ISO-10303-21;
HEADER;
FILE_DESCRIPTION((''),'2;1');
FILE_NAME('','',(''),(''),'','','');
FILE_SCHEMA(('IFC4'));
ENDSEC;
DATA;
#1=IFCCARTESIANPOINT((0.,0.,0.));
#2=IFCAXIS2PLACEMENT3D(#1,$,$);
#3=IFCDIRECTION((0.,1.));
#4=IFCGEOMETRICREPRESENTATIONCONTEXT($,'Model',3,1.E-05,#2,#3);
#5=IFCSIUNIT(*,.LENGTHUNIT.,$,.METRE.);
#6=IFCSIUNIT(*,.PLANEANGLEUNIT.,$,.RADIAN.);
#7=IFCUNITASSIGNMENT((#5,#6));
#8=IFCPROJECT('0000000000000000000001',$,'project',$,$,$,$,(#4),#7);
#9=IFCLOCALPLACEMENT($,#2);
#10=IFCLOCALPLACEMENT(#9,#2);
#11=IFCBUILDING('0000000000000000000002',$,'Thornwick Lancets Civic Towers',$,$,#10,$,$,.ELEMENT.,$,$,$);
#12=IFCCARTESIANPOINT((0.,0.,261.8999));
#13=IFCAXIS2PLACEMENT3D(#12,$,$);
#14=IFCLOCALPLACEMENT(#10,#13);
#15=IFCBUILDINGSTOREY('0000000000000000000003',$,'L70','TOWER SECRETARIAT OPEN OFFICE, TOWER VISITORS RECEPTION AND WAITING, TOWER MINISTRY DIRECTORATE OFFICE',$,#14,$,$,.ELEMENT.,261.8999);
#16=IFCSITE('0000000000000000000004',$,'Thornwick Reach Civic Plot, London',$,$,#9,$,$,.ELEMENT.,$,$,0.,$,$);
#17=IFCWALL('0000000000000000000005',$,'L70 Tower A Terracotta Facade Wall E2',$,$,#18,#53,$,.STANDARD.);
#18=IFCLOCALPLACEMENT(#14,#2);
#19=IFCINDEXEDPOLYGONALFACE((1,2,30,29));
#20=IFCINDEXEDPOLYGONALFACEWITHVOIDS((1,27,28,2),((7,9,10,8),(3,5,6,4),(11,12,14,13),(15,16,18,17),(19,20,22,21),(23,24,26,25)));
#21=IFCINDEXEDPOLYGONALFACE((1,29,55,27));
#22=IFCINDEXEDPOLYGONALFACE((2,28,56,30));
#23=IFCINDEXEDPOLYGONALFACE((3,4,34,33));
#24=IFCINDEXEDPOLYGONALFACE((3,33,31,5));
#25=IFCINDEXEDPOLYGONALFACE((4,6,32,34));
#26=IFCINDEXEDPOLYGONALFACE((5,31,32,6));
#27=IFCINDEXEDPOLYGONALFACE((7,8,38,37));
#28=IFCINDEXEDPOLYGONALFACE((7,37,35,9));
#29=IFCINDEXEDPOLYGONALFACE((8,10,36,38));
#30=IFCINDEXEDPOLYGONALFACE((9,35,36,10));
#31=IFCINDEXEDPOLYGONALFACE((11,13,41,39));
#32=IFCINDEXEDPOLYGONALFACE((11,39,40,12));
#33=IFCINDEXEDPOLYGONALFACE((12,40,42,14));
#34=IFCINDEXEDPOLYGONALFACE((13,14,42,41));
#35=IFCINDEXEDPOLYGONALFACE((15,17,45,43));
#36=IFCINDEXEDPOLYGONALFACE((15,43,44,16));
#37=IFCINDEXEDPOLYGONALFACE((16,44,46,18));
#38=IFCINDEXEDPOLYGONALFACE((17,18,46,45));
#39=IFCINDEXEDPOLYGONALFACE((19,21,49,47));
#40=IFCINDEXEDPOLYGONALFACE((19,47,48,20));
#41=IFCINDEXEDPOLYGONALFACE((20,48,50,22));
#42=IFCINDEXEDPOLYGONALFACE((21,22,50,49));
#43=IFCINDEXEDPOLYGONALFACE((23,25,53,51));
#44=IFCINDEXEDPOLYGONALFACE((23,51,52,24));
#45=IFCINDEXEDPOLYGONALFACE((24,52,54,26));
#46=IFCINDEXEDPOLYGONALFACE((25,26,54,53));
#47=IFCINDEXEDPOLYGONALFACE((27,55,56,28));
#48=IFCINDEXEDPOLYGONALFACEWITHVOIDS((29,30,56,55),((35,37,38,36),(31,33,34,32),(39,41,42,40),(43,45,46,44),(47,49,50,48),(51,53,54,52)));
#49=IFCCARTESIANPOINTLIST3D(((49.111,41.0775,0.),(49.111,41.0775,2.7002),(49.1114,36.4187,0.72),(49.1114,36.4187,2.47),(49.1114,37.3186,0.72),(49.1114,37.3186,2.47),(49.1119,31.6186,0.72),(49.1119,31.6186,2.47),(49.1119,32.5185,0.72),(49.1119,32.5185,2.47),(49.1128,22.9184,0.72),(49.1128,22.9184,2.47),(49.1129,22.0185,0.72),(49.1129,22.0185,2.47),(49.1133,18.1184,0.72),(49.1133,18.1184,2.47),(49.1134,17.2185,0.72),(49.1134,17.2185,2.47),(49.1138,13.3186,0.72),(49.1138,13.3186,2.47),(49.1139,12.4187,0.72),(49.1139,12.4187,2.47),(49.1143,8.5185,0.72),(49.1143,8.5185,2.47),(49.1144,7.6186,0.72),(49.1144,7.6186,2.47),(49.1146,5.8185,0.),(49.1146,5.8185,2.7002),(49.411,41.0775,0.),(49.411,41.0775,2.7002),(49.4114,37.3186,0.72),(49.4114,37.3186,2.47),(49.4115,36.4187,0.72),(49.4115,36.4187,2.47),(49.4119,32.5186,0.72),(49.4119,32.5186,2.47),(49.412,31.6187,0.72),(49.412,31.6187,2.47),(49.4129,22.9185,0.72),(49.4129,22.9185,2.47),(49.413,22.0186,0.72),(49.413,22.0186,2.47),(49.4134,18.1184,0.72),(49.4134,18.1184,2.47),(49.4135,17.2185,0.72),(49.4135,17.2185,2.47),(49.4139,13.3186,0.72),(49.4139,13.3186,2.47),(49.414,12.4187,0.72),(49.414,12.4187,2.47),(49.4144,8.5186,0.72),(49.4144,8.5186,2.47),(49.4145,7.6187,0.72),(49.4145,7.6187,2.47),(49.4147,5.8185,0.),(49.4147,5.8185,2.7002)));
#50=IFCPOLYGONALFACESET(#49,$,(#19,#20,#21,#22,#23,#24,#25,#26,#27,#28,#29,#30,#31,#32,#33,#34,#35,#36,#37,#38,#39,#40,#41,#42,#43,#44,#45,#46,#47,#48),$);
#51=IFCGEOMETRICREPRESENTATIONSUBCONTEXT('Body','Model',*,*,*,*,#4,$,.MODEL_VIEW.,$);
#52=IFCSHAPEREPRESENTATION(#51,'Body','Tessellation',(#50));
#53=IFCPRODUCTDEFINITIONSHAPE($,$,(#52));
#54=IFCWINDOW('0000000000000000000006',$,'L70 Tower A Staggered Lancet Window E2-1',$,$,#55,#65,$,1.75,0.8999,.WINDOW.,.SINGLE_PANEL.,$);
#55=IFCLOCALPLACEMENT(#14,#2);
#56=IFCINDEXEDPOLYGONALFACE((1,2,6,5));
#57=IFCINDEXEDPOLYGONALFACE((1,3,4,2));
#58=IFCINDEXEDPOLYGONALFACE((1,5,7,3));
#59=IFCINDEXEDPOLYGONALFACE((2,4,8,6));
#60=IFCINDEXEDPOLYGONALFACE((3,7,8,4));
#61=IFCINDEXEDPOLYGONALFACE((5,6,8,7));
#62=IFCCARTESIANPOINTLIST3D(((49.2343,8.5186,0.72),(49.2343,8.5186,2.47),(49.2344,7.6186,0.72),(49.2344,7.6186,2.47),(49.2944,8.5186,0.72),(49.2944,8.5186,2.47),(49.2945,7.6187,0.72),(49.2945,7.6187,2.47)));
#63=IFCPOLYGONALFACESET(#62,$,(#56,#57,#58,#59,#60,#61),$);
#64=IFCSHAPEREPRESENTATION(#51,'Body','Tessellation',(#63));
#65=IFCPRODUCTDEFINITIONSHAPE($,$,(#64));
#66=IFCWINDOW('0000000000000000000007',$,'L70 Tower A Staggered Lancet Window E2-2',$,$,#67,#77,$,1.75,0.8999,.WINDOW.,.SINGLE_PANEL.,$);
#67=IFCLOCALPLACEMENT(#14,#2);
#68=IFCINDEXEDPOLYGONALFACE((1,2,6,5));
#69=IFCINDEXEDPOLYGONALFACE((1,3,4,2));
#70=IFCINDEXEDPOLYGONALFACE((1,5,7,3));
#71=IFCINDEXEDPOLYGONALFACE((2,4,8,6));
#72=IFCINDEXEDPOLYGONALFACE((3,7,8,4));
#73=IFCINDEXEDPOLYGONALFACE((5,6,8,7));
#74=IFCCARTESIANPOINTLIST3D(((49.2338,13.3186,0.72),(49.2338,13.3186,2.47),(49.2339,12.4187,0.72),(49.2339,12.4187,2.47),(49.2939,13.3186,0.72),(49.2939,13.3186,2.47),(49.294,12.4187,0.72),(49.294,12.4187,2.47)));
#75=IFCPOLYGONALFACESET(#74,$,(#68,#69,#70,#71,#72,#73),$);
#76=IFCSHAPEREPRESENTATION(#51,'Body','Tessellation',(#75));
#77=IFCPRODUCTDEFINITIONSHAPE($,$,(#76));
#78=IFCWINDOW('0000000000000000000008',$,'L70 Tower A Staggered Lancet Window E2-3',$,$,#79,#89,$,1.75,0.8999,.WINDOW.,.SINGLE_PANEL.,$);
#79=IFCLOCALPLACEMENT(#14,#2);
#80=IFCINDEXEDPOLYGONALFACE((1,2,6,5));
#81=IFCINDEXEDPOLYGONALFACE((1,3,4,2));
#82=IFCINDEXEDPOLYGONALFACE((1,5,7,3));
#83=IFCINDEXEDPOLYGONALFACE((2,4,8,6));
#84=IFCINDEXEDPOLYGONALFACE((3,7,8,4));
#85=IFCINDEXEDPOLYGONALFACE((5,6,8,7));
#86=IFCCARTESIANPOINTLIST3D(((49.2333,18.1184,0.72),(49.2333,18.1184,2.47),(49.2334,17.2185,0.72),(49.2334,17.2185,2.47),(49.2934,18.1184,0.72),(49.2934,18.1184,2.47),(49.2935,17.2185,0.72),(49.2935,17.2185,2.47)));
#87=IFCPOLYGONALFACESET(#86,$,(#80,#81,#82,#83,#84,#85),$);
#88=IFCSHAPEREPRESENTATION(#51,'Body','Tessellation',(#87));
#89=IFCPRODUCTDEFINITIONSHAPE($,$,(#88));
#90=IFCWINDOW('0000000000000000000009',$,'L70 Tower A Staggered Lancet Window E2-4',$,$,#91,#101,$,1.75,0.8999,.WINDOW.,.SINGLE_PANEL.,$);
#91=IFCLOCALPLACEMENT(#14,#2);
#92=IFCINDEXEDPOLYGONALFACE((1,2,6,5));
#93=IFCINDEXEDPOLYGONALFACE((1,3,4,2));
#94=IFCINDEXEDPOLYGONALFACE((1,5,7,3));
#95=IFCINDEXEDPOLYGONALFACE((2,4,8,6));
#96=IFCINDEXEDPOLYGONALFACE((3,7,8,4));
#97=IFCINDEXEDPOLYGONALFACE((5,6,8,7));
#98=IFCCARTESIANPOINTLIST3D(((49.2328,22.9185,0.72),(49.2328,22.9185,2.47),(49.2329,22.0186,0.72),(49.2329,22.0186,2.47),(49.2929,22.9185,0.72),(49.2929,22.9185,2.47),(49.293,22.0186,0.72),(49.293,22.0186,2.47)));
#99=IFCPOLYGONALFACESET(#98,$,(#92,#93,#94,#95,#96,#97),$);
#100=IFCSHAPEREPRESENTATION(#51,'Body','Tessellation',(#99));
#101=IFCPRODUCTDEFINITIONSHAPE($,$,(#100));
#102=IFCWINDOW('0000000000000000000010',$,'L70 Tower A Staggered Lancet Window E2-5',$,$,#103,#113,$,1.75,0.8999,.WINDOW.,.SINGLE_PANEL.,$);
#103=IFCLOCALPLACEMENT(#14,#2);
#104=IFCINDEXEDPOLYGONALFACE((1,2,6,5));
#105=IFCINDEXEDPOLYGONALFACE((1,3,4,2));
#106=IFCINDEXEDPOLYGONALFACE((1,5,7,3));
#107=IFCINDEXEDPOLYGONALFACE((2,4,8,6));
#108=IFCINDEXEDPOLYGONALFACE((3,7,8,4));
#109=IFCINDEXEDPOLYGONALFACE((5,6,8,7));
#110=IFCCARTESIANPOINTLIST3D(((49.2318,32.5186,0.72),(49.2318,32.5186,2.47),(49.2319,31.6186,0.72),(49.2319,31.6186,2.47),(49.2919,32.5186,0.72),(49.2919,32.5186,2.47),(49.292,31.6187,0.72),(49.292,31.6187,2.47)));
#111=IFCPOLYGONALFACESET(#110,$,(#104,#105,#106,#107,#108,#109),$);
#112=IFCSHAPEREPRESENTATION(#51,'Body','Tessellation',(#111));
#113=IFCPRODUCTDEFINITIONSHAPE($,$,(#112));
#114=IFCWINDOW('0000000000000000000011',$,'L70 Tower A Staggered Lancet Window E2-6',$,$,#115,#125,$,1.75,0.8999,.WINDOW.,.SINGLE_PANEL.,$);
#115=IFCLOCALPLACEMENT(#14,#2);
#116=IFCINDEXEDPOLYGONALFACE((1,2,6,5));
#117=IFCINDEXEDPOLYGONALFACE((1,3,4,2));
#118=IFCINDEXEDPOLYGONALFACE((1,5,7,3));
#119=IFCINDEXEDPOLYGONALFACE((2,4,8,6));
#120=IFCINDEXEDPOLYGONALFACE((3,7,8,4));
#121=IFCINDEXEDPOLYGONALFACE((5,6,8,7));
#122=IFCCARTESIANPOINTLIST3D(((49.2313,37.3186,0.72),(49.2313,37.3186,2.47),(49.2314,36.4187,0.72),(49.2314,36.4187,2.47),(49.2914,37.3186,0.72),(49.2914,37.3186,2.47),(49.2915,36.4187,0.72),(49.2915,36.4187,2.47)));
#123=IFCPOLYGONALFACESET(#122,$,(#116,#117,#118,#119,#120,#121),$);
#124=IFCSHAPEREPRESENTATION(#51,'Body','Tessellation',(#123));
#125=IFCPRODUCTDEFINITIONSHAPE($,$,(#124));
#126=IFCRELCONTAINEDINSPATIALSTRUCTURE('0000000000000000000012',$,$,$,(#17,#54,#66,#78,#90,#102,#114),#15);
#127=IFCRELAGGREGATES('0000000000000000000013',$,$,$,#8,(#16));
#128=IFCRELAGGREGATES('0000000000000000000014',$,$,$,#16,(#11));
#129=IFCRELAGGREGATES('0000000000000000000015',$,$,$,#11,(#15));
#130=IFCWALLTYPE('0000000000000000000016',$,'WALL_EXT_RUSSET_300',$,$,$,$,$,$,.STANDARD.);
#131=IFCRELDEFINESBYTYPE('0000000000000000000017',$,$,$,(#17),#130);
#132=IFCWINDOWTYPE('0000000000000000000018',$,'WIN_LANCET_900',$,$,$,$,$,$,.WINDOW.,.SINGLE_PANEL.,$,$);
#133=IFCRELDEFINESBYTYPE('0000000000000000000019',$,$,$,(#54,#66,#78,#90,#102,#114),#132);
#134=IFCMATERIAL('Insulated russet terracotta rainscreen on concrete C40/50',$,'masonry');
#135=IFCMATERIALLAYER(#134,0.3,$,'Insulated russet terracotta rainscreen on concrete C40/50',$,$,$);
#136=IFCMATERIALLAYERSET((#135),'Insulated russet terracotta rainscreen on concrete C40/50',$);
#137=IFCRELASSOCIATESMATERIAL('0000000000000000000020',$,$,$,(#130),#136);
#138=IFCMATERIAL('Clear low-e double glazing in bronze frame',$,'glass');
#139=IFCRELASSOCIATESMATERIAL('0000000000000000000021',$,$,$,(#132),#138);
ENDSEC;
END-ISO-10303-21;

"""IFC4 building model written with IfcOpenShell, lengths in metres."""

from ifc_helpers import new_model, si_unit, direction, frame, frame_2d, origin, place, context, subcontext, project, spatial, rectangle, extrude, material, layer, layer_set, type_object, element, fill, save


model = new_model("IFC4")

# Units and contexts
model_context = context("Model", 3, precision=1e-05, world=origin(), true_north=direction((0.0, 1.0)))
body_context = subcontext(model_context, "Body", "Model", "MODEL_VIEW")
ifc_project = project(units=[si_unit("LENGTHUNIT", "METRE"), si_unit("PLANEANGLEUNIT", "RADIAN")], contexts=[model_context])

# Site, building, storey
site_placement = place(None, origin())
site = spatial("IfcSite", under=ifc_project, at=site_placement, Name="Thornwick Reach Civic Plot, London", CompositionType="ELEMENT", RefElevation=0.0)
building_placement = place(site_placement, origin())
building = spatial("IfcBuilding", under=site, at=building_placement, Name="Thornwick Lancets Civic Towers", CompositionType="ELEMENT")
storey_placement = place(building_placement, frame((0.0, 0.0, 261.8999)))
storey = spatial("IfcBuildingStorey", under=building, at=storey_placement, Name="L70", Description="TOWER SECRETARIAT OPEN OFFICE, TOWER VISITORS RECEPTION AND WAITING, TOWER MINISTRY DIRECTORATE OFFICE", CompositionType="ELEMENT", Elevation=261.8999)

# Wall, openings, windows
ifc_material_1 = material(Name="Insulated russet terracotta rainscreen on concrete C40/50", Category="masonry")
ifc_layer_1 = layer(ifc_material_1, 0.3, Name="Insulated russet terracotta rainscreen on concrete C40/50")
ifc_layer_set_1 = layer_set([ifc_layer_1], Name="Insulated russet terracotta rainscreen on concrete C40/50")
wall_type_1 = type_object("IfcWallType", Name="WALL_EXT_RUSSET_300", PredefinedType="STANDARD", material=ifc_layer_set_1)
wall_1_placement = place(storey_placement, frame((49.2646, 5.8186, 0.0), z_axis=(0.0, 0.0, 1.0), x_axis=(-0.000104, 1.0, 0.0)))
wall_1 = element("IfcWall", 1, at=wall_1_placement, inside=storey, type_object=wall_type_1, Name="L70 Tower A Terracotta Facade Wall E2", PredefinedType="STANDARD", context=body_context, shape_type="SweptSolid", body=[
    extrude(rectangle(XDim=35.259, YDim=0.3, at=frame_2d((17.6294, 0.0))), origin(), (0.0, 0.0, 1.0), 2.7002),
])
opening_1_placement = place(wall_1_placement, frame((1.8, 0.0, 0.72)))
opening_1 = element("IfcOpeningElement", 2, at=opening_1_placement, cuts=wall_1, PredefinedType="OPENING", context=body_context, shape_type="SweptSolid", body=[
    extrude(rectangle(XDim=0.8999, YDim=1.75, at=frame_2d((0.45, 0.875))), frame((0.0, 0.1602, 0.0), z_axis=(0.0, -1.0, 0.0), x_axis=(1.0, 0.0, 0.0)), (0.0, 0.0, 1.0), 0.3201),
])
opening_2_placement = place(wall_1_placement, frame((6.6001, 0.0, 0.72)))
opening_2 = element("IfcOpeningElement", 3, at=opening_2_placement, cuts=wall_1, PredefinedType="OPENING", context=body_context, shape_type="SweptSolid", body=[
    extrude(rectangle(XDim=0.8999, YDim=1.75, at=frame_2d((0.45, 0.875))), frame((0.0, 0.1602, 0.0), z_axis=(0.0, -1.0, 0.0), x_axis=(1.0, 0.0, 0.0)), (0.0, 0.0, 1.0), 0.3201),
])
opening_3_placement = place(wall_1_placement, frame((11.3999, 0.0, 0.72)))
opening_3 = element("IfcOpeningElement", 4, at=opening_3_placement, cuts=wall_1, PredefinedType="OPENING", context=body_context, shape_type="SweptSolid", body=[
    extrude(rectangle(XDim=0.8999, YDim=1.75, at=frame_2d((0.45, 0.875))), frame((0.0, 0.1602, 0.0), z_axis=(0.0, -1.0, 0.0), x_axis=(1.0, 0.0, 0.0)), (0.0, 0.0, 1.0), 0.3201),
])
opening_4_placement = place(wall_1_placement, frame((16.2, 0.0, 0.72)))
opening_4 = element("IfcOpeningElement", 5, at=opening_4_placement, cuts=wall_1, PredefinedType="OPENING", context=body_context, shape_type="SweptSolid", body=[
    extrude(rectangle(XDim=0.8999, YDim=1.75, at=frame_2d((0.45, 0.875))), frame((0.0, 0.1602, 0.0), z_axis=(0.0, -1.0, 0.0), x_axis=(1.0, 0.0, 0.0)), (0.0, 0.0, 1.0), 0.3201),
])
opening_5_placement = place(wall_1_placement, frame((25.8, 0.0, 0.72)))
opening_5 = element("IfcOpeningElement", 6, at=opening_5_placement, cuts=wall_1, PredefinedType="OPENING", context=body_context, shape_type="SweptSolid", body=[
    extrude(rectangle(XDim=0.8999, YDim=1.75, at=frame_2d((0.45, 0.875))), frame((0.0, 0.1602, 0.0), z_axis=(0.0, -1.0, 0.0), x_axis=(1.0, 0.0, 0.0)), (0.0, 0.0, 1.0), 0.3201),
])
opening_6_placement = place(wall_1_placement, frame((30.6001, 0.0, 0.72)))
opening_6 = element("IfcOpeningElement", 7, at=opening_6_placement, cuts=wall_1, PredefinedType="OPENING", context=body_context, shape_type="SweptSolid", body=[
    extrude(rectangle(XDim=0.8999, YDim=1.75, at=frame_2d((0.45, 0.875))), frame((0.0, 0.1602, 0.0), z_axis=(0.0, -1.0, 0.0), x_axis=(1.0, 0.0, 0.0)), (0.0, 0.0, 1.0), 0.3201),
])
ifc_material_2 = material(Name="Clear low-e double glazing in bronze frame", Category="glass")
window_type = type_object("IfcWindowType", Name="WIN_LANCET_900", PartitioningType="SINGLE_PANEL", PredefinedType="WINDOW", material=ifc_material_2)
window_1_placement = place(opening_1_placement, origin())
window_1 = element("IfcWindow", 8, at=window_1_placement, inside=storey, type_object=window_type, Name="L70 Tower A Staggered Lancet Window E2-1", OverallHeight=1.75, OverallWidth=0.8999, PartitioningType="SINGLE_PANEL", PredefinedType="WINDOW", context=body_context, shape_type="SweptSolid", body=[
    extrude(rectangle(XDim=0.8999, YDim=1.75, at=frame_2d((0.45, 0.875))), frame((0.0, 0.03, 0.0), z_axis=(0.0, -1.0, 0.0), x_axis=(1.0, 0.0, 0.0)), (0.0, 0.0, 1.0), 0.0601),
])
fill(opening_1, window_1)
window_2_placement = place(opening_2_placement, origin())
window_2 = element("IfcWindow", 9, at=window_2_placement, inside=storey, type_object=window_type, Name="L70 Tower A Staggered Lancet Window E2-2", OverallHeight=1.75, OverallWidth=0.8999, PartitioningType="SINGLE_PANEL", PredefinedType="WINDOW", context=body_context, shape_type="SweptSolid", body=[
    extrude(rectangle(XDim=0.8999, YDim=1.75, at=frame_2d((0.45, 0.875))), frame((0.0, 0.03, 0.0), z_axis=(0.0, -1.0, 0.0), x_axis=(1.0, 0.0, 0.0)), (0.0, 0.0, 1.0), 0.0601),
])
fill(opening_2, window_2)
window_3_placement = place(opening_3_placement, origin())
window_3 = element("IfcWindow", 10, at=window_3_placement, inside=storey, type_object=window_type, Name="L70 Tower A Staggered Lancet Window E2-3", OverallHeight=1.75, OverallWidth=0.8999, PartitioningType="SINGLE_PANEL", PredefinedType="WINDOW", context=body_context, shape_type="SweptSolid", body=[
    extrude(rectangle(XDim=0.8999, YDim=1.75, at=frame_2d((0.45, 0.875))), frame((0.0, 0.03, 0.0), z_axis=(0.0, -1.0, 0.0), x_axis=(1.0, 0.0, 0.0)), (0.0, 0.0, 1.0), 0.0601),
])
fill(opening_3, window_3)
window_4_placement = place(opening_4_placement, origin())
window_4 = element("IfcWindow", 11, at=window_4_placement, inside=storey, type_object=window_type, Name="L70 Tower A Staggered Lancet Window E2-4", OverallHeight=1.75, OverallWidth=0.8999, PartitioningType="SINGLE_PANEL", PredefinedType="WINDOW", context=body_context, shape_type="SweptSolid", body=[
    extrude(rectangle(XDim=0.8999, YDim=1.75, at=frame_2d((0.45, 0.875))), frame((0.0, 0.03, 0.0), z_axis=(0.0, -1.0, 0.0), x_axis=(1.0, 0.0, 0.0)), (0.0, 0.0, 1.0), 0.0601),
])
fill(opening_4, window_4)
window_5_placement = place(opening_5_placement, origin())
window_5 = element("IfcWindow", 12, at=window_5_placement, inside=storey, type_object=window_type, Name="L70 Tower A Staggered Lancet Window E2-5", OverallHeight=1.75, OverallWidth=0.8999, PartitioningType="SINGLE_PANEL", PredefinedType="WINDOW", context=body_context, shape_type="SweptSolid", body=[
    extrude(rectangle(XDim=0.8999, YDim=1.75, at=frame_2d((0.45, 0.875))), frame((0.0, 0.03, 0.0), z_axis=(0.0, -1.0, 0.0), x_axis=(1.0, 0.0, 0.0)), (0.0, 0.0, 1.0), 0.0601),
])
fill(opening_5, window_5)
window_6_placement = place(opening_6_placement, origin())
window_6 = element("IfcWindow", 13, at=window_6_placement, inside=storey, type_object=window_type, Name="L70 Tower A Staggered Lancet Window E2-6", OverallHeight=1.75, OverallWidth=0.8999, PartitioningType="SINGLE_PANEL", PredefinedType="WINDOW", context=body_context, shape_type="SweptSolid", body=[
    extrude(rectangle(XDim=0.8999, YDim=1.75, at=frame_2d((0.45, 0.875))), frame((0.0, 0.03, 0.0), z_axis=(0.0, -1.0, 0.0), x_axis=(1.0, 0.0, 0.0)), (0.0, 0.0, 1.0), 0.0601),
])
fill(opening_6, window_6)

save(model, "model.ifc")
